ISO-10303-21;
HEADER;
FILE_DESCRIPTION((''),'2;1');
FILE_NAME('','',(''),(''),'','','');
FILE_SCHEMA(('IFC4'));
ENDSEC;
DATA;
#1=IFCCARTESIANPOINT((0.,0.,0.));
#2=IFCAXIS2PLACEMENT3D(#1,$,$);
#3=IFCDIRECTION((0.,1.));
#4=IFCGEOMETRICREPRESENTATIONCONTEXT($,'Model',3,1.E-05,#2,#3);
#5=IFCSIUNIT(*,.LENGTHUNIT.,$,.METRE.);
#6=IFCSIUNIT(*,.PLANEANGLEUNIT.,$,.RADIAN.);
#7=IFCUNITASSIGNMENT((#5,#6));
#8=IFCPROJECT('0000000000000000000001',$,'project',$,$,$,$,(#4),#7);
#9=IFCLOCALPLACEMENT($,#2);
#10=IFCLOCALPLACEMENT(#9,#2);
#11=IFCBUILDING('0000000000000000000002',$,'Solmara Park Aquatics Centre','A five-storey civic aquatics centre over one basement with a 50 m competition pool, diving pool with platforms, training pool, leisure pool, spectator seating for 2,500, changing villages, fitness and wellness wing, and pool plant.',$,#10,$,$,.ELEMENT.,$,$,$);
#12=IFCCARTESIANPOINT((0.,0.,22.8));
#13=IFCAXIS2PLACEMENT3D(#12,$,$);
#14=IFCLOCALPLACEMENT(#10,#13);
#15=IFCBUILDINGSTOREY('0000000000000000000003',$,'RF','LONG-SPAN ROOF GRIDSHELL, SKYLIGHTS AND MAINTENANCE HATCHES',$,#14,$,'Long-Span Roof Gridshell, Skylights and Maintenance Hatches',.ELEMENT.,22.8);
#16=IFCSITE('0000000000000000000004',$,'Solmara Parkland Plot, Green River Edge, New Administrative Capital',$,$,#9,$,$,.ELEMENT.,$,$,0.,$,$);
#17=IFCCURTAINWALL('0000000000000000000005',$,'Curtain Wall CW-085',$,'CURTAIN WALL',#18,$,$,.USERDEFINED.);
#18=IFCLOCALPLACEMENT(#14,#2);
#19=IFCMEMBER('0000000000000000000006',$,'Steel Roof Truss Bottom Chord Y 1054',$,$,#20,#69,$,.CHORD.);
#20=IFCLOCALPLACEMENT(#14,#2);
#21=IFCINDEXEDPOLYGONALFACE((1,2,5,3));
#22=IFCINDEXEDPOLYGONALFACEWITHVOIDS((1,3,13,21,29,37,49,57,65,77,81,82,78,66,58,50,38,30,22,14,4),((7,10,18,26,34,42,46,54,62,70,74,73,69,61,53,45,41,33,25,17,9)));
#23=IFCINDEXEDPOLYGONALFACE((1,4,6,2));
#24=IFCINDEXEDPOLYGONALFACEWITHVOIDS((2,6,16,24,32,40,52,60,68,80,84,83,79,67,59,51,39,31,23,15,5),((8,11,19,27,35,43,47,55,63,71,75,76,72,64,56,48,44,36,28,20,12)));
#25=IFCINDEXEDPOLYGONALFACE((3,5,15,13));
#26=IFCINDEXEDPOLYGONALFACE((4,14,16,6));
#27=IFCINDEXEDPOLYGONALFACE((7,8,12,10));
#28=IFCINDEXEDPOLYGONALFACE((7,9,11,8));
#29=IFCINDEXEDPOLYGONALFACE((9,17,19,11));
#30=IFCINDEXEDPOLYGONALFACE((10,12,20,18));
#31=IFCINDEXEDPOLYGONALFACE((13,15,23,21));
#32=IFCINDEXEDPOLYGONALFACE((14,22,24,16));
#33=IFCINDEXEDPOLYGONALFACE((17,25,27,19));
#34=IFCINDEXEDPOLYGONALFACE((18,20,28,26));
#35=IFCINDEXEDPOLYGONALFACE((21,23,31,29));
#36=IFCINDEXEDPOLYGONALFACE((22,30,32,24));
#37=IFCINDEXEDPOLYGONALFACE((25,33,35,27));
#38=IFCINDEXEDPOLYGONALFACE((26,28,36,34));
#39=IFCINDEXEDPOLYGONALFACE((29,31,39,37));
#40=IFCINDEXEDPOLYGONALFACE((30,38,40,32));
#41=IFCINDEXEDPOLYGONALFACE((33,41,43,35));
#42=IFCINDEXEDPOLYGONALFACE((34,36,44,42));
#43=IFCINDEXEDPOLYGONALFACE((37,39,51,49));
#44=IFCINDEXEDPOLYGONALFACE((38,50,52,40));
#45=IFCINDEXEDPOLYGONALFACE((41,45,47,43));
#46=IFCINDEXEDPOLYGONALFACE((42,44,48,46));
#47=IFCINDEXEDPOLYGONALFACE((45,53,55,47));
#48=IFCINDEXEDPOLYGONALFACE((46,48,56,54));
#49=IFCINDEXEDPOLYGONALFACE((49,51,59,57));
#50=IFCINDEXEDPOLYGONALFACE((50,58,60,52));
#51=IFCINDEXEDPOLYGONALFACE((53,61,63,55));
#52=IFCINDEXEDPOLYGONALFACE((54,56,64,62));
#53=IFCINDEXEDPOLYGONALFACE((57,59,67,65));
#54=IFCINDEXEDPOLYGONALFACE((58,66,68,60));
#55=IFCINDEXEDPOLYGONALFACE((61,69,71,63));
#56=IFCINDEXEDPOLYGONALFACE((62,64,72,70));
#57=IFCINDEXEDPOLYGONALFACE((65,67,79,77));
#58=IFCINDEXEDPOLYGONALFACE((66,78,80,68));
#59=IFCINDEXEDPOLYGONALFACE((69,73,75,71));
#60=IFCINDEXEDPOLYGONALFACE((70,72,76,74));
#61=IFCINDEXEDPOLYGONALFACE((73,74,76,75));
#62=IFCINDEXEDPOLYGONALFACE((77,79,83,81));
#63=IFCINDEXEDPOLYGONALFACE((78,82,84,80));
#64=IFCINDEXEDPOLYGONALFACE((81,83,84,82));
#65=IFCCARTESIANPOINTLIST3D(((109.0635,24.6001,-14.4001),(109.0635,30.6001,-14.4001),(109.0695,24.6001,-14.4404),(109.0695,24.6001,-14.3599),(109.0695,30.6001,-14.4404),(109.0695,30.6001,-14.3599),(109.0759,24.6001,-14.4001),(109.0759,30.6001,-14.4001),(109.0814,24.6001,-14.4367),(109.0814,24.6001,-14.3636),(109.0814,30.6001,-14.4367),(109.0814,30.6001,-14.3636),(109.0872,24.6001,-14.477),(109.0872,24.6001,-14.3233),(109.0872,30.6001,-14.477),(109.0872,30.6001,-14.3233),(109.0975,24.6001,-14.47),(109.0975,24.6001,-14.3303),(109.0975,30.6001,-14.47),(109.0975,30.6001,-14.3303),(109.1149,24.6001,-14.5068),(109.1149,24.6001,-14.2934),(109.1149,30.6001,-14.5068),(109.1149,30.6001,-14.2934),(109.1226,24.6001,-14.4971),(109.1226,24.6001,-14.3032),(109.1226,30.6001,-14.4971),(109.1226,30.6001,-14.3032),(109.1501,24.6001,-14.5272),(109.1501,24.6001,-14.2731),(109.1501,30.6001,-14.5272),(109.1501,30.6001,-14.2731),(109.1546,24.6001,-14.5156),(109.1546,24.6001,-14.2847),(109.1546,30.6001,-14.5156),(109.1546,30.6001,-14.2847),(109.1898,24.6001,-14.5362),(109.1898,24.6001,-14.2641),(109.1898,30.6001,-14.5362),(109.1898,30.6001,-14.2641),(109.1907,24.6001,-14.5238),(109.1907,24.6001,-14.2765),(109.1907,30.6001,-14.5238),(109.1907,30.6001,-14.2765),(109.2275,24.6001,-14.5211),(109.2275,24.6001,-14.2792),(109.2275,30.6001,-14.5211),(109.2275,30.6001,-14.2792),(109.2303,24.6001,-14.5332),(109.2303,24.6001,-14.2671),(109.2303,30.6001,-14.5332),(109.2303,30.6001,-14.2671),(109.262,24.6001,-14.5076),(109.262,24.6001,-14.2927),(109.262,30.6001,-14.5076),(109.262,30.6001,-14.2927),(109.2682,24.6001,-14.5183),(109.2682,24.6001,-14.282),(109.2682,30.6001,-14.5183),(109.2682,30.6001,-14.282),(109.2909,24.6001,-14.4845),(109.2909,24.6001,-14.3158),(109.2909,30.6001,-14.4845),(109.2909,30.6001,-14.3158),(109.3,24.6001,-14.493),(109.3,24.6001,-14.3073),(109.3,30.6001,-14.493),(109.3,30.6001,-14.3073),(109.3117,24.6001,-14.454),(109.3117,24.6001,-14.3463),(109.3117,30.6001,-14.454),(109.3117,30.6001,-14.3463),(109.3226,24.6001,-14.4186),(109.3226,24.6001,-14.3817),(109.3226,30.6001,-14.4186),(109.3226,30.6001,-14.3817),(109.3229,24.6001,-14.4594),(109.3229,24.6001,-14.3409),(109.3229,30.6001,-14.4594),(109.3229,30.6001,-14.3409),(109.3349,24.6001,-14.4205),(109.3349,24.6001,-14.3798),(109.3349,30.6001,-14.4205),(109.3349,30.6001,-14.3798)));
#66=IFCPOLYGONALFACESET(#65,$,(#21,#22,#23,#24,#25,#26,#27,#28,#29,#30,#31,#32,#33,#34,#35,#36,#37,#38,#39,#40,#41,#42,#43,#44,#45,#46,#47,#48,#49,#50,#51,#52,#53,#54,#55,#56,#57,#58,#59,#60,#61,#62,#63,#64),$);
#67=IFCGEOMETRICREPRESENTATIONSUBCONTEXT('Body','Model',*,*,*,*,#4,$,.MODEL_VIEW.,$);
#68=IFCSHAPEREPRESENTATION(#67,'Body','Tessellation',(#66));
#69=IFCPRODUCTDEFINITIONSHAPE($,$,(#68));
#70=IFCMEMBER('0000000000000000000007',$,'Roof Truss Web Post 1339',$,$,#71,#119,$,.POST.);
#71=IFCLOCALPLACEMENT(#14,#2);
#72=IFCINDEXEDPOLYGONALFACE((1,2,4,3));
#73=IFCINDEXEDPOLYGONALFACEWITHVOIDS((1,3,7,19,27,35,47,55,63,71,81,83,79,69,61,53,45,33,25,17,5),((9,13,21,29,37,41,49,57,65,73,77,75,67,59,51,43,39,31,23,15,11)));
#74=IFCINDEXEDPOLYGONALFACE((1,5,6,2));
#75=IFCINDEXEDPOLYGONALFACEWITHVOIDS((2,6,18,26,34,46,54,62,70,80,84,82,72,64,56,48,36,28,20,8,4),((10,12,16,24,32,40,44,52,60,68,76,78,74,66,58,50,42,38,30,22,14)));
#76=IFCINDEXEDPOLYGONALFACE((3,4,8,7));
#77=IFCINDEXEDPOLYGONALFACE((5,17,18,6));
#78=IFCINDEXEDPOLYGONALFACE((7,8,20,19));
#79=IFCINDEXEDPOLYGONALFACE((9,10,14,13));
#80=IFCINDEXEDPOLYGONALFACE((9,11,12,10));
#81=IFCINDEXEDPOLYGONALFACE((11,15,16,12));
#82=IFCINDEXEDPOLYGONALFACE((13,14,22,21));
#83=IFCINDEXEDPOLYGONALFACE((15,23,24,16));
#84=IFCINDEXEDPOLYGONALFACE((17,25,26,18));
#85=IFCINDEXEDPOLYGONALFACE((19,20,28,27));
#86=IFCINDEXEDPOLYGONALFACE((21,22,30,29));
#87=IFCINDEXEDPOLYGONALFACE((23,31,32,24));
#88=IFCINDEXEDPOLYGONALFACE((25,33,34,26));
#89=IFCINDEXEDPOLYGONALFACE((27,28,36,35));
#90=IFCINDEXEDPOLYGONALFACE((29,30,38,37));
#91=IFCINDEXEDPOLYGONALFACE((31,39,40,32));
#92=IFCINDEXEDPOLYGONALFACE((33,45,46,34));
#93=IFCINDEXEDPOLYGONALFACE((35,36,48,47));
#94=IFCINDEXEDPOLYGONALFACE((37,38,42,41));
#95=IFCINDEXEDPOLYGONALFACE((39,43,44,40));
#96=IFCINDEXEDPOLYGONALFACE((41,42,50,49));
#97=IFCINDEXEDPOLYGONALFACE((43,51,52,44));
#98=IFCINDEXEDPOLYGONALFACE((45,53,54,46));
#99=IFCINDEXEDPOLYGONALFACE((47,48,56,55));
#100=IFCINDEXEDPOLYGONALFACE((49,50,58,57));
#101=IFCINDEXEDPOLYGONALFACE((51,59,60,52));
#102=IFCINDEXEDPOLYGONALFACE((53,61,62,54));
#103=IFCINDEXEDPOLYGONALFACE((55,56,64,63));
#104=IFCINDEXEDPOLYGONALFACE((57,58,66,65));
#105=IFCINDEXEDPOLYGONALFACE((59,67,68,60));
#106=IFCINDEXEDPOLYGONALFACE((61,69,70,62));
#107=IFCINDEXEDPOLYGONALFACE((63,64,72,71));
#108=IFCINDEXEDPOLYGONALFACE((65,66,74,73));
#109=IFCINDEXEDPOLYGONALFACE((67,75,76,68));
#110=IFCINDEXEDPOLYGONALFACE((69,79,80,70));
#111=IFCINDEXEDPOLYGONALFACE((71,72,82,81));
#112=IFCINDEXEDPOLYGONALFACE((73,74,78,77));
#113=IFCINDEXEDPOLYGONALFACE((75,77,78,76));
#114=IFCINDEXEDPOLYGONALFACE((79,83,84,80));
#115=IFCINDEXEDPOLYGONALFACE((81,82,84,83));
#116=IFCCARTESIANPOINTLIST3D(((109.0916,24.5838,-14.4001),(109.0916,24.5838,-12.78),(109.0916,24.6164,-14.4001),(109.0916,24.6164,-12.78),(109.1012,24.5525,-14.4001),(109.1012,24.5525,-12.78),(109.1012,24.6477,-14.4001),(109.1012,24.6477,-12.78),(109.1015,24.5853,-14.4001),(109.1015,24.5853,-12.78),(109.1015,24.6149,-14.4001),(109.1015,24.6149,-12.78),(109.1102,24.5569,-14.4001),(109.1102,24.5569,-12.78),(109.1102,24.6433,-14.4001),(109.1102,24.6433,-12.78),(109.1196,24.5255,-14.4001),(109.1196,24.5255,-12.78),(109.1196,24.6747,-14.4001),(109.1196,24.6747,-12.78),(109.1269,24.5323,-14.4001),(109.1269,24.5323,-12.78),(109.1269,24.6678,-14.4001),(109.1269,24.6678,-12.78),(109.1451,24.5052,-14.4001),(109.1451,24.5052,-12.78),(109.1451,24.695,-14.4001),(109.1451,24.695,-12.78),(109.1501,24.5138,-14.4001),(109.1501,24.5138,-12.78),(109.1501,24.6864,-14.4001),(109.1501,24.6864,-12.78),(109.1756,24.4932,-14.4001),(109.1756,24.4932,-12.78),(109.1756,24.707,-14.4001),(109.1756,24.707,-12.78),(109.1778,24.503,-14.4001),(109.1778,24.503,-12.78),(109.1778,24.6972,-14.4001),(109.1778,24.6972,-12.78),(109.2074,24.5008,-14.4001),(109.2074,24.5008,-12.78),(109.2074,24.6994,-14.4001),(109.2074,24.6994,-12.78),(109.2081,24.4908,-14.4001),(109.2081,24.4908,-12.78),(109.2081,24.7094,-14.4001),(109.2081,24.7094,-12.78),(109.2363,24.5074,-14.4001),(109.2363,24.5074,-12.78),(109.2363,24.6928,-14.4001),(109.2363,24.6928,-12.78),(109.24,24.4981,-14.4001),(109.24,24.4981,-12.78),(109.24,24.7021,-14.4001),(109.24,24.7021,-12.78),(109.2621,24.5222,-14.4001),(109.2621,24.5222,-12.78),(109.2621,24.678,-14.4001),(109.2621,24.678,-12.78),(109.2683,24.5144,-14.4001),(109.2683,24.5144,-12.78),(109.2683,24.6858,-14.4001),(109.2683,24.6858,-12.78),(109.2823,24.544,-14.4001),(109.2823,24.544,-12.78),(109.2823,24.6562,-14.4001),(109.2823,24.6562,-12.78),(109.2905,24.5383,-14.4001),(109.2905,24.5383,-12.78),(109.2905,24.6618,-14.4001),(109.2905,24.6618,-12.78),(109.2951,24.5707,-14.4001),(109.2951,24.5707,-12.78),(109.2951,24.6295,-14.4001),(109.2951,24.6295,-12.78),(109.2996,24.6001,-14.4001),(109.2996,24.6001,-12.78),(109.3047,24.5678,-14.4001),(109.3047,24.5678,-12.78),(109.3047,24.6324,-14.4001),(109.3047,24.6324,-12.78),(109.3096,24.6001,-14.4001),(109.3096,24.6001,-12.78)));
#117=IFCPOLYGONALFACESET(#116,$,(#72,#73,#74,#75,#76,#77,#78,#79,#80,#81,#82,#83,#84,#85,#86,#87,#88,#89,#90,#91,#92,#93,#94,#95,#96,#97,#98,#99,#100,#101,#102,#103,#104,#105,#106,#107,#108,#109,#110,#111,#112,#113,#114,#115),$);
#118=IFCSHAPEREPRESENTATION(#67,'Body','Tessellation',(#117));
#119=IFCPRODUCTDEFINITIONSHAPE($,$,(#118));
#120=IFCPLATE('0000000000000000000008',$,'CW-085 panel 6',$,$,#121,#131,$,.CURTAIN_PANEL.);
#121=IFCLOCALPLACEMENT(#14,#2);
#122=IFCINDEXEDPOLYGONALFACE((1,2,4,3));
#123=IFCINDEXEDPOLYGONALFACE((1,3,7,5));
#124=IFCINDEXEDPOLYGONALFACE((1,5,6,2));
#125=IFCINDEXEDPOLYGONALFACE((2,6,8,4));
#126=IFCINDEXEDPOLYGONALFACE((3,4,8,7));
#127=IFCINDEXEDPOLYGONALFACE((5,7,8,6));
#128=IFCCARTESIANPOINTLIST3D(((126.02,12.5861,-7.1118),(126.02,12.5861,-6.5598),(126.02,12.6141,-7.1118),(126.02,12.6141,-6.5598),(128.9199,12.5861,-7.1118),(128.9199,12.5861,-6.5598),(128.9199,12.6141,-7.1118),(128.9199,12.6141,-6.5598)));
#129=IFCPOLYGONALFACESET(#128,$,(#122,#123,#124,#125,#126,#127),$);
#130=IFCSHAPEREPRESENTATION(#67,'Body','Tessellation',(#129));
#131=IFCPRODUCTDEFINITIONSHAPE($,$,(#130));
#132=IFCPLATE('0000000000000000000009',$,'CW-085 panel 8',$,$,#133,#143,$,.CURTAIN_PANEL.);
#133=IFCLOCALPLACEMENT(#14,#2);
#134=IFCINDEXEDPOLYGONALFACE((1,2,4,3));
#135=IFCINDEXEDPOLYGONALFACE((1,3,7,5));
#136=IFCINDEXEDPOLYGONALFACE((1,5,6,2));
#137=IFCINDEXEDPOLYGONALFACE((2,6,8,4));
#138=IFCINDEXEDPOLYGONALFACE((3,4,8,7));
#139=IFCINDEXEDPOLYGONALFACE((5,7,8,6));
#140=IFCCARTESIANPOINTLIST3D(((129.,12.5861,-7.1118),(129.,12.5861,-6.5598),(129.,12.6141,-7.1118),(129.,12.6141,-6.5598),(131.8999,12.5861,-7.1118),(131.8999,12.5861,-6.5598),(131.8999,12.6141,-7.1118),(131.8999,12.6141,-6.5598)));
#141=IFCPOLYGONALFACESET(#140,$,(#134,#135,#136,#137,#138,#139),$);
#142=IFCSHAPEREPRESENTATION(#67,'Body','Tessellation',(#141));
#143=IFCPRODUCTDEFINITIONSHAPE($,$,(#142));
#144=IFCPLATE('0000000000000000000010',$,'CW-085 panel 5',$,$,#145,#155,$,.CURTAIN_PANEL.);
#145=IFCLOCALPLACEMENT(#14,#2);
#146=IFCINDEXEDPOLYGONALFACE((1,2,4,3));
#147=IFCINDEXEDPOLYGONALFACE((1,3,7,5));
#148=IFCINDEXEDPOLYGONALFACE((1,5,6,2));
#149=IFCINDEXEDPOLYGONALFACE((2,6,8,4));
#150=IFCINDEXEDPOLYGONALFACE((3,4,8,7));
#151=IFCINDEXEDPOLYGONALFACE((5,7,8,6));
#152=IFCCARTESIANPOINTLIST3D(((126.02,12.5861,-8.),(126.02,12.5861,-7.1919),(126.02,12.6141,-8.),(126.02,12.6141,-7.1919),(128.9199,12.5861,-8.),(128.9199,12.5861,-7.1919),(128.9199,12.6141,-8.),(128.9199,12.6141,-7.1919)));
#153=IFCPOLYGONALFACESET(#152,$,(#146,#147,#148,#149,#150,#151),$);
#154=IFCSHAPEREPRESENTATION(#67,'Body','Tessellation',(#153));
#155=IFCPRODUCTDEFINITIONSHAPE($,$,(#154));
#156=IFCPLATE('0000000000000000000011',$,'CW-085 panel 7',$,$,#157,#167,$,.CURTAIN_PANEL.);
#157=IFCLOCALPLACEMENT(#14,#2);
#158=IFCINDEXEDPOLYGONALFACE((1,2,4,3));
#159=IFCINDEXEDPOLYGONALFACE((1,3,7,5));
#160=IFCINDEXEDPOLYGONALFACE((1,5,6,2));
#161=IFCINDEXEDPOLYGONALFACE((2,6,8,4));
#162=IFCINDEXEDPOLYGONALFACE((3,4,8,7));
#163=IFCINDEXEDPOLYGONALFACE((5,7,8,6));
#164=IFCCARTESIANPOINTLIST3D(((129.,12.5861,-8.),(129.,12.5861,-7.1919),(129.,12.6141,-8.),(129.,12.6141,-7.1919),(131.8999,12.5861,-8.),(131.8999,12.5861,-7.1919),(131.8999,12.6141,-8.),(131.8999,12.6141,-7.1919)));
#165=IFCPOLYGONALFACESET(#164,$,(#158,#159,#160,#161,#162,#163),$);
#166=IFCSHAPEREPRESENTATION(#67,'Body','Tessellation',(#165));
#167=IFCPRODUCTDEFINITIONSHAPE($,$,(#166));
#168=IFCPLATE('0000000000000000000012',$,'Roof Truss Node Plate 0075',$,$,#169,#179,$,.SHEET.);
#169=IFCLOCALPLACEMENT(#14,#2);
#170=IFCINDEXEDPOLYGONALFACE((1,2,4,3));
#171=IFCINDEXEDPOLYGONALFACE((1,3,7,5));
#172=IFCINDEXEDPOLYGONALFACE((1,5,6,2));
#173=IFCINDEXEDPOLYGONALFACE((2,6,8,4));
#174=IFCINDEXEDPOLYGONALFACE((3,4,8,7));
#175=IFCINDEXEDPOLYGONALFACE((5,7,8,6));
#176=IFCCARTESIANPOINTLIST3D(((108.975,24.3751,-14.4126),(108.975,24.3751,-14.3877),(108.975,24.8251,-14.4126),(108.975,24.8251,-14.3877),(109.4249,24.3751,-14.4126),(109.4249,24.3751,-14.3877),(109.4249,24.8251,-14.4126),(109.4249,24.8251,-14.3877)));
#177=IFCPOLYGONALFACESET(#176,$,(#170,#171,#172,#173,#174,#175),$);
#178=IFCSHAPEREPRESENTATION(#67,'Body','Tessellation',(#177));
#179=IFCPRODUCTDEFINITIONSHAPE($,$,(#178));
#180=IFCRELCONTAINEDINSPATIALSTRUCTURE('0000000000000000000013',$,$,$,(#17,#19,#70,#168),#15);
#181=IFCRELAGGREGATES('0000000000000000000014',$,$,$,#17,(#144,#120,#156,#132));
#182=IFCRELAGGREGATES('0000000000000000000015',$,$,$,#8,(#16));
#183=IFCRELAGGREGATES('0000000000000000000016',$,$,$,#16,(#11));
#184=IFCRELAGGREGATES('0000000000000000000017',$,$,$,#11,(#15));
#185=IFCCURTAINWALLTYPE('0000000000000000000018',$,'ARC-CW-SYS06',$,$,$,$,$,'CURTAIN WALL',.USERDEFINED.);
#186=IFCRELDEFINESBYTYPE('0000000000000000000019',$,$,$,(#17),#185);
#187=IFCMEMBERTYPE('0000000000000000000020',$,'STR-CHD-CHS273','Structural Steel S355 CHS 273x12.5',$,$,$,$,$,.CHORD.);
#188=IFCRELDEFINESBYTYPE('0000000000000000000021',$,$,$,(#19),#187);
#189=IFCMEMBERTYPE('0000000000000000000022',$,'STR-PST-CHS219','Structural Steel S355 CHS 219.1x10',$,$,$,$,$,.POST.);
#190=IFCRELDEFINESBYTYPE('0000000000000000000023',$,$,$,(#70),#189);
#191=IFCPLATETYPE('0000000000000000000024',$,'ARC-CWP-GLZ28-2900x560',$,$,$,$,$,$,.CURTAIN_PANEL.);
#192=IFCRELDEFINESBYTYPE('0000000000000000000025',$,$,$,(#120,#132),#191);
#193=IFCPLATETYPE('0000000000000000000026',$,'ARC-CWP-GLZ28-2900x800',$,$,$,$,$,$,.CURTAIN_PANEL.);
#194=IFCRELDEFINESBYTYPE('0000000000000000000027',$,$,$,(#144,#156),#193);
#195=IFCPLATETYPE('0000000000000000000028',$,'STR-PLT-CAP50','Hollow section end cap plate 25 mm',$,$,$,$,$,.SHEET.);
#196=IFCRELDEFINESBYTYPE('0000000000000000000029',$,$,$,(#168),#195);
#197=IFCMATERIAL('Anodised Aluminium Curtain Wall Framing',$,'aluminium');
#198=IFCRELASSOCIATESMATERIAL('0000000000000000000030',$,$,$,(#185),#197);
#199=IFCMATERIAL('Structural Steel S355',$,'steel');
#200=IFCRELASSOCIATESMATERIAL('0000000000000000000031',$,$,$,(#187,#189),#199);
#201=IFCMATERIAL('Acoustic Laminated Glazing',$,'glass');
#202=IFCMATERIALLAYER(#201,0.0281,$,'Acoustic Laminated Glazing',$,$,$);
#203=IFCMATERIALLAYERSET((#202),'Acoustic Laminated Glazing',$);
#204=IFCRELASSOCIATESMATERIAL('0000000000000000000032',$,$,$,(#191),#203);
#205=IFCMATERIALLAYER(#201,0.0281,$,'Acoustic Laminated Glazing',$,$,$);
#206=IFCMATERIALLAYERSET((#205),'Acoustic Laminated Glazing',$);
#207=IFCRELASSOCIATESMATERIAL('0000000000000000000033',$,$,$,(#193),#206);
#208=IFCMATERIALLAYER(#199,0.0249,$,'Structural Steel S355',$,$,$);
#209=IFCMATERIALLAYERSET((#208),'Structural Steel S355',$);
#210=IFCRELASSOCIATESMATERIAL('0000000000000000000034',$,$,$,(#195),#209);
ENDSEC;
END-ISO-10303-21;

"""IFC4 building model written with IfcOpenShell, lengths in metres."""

from ifc_helpers import new_model, si_unit, direction, frame, origin, origin_2d, place, context, subcontext, project, spatial, rectangle, hollow_circle, extrude, material, layer, layer_set, material_profile, profile_set, type_object, element, aggregate, save


model = new_model("IFC4")

# Units and contexts
model_context = context("Model", 3, precision=1e-05, world=origin(), true_north=direction((0.0, 1.0)))
body_context = subcontext(model_context, "Body", "Model", "MODEL_VIEW")
ifc_project = project(units=[si_unit("LENGTHUNIT", "METRE"), si_unit("PLANEANGLEUNIT", "RADIAN")], contexts=[model_context])

# Site, building, storey
site_placement = place(None, origin())
site = spatial("IfcSite", under=ifc_project, at=site_placement, Name="Solmara Parkland Plot, Green River Edge, New Administrative Capital", CompositionType="ELEMENT", RefElevation=0.0)
building_placement = place(site_placement, origin())
building = spatial("IfcBuilding", under=site, at=building_placement, Name="Solmara Park Aquatics Centre", Description="A five-storey civic aquatics centre over one basement with a 50 m competition pool, diving pool with platforms, training pool, leisure pool, spectator seating for 2,500, changing villages, fitness and wellness wing, and pool plant.", CompositionType="ELEMENT")
storey_placement = place(building_placement, frame((0.0, 0.0, 22.8)))
storey = spatial("IfcBuildingStorey", under=building, at=storey_placement, Name="RF", Description="LONG-SPAN ROOF GRIDSHELL, SKYLIGHTS AND MAINTENANCE HATCHES", LongName="Long-Span Roof Gridshell, Skylights and Maintenance Hatches", CompositionType="ELEMENT", Elevation=22.8)

# Shared definitions
ifc_material_1 = material(Name="Structural Steel S355", Category="steel")

# Curtain wall
ifc_material_2 = material(Name="Anodised Aluminium Curtain Wall Framing", Category="aluminium")
curtain_wall_type = type_object("IfcCurtainWallType", Name="ARC-CW-SYS06", ElementType="CURTAIN WALL", PredefinedType="USERDEFINED", material=ifc_material_2)
curtain_wall_placement = place(storey_placement, origin())
curtain_wall = element("IfcCurtainWall", 1, at=curtain_wall_placement, inside=storey, type_object=curtain_wall_type, Name="Curtain Wall CW-085", ObjectType="CURTAIN WALL", PredefinedType="USERDEFINED")

# Members
ifc_material_profile_1 = material_profile(ifc_material_1, hollow_circle(Radius=0.1365, WallThickness=0.0125, at=origin_2d()), Name="CHS 273x12.5")
ifc_profile_set_1 = profile_set([ifc_material_profile_1], Name="Structural Steel S355")
member_type_1 = type_object("IfcMemberType", Name="STR-CHD-CHS273", Description="Structural Steel S355 CHS 273x12.5", PredefinedType="CHORD", material=ifc_profile_set_1)
member_1_placement = place(storey_placement, frame((109.2, 24.6001, -14.4001), z_axis=(0.0, 1.0, 0.0), x_axis=(-1.0, 0.0, 0.0)))
element("IfcMember", 2, at=member_1_placement, inside=storey, type_object=member_type_1, Name="Steel Roof Truss Bottom Chord Y 1054", PredefinedType="CHORD", context=body_context, shape_type="SweptSolid", body=[
    extrude(hollow_circle(Radius=0.1365, WallThickness=0.0125, at=origin_2d()), origin(), (0.0, 0.0, 1.0), 6.0),
])
ifc_material_profile_2 = material_profile(ifc_material_1, hollow_circle(Radius=0.1096, WallThickness=0.01, at=origin_2d()), Name="CHS 219.1x10")
ifc_profile_set_2 = profile_set([ifc_material_profile_2], Name="Structural Steel S355")
member_type_2 = type_object("IfcMemberType", Name="STR-PST-CHS219", Description="Structural Steel S355 CHS 219.1x10", PredefinedType="POST", material=ifc_profile_set_2)
member_2_placement = place(storey_placement, frame((109.2, 24.6001, -14.4001), z_axis=(0.0, 0.0, 1.0), x_axis=(1.0, 0.0, 0.0)))
element("IfcMember", 3, at=member_2_placement, inside=storey, type_object=member_type_2, Name="Roof Truss Web Post 1339", PredefinedType="POST", context=body_context, shape_type="SweptSolid", body=[
    extrude(hollow_circle(Radius=0.1096, WallThickness=0.01, at=origin_2d()), origin(), (0.0, 0.0, 1.0), 1.6201),
])

# Plates
ifc_material_3 = material(Name="Acoustic Laminated Glazing", Category="glass")
ifc_layer_1 = layer(ifc_material_3, 0.0281, Name="Acoustic Laminated Glazing")
ifc_layer_set_1 = layer_set([ifc_layer_1], Name="Acoustic Laminated Glazing")
plate_type_1 = type_object("IfcPlateType", Name="ARC-CWP-GLZ28-2900x560", PredefinedType="CURTAIN_PANEL", material=ifc_layer_set_1)
plate_1_placement = place(storey_placement, frame((127.47, 12.6001, -7.1118), z_axis=(0.0, 0.0, 1.0), x_axis=(1.0, 0.0, 0.0)))
plate_1 = element("IfcPlate", 4, at=plate_1_placement, type_object=plate_type_1, Name="CW-085 panel 6", PredefinedType="CURTAIN_PANEL", context=body_context, shape_type="SweptSolid", body=[
    extrude(rectangle(XDim=2.8999, YDim=0.0281, at=origin_2d()), origin(), (0.0, 0.0, 1.0), 0.552),
])
plate_2_placement = place(storey_placement, frame((130.45, 12.6001, -7.1118), z_axis=(0.0, 0.0, 1.0), x_axis=(1.0, 0.0, 0.0)))
plate_2 = element("IfcPlate", 5, at=plate_2_placement, type_object=plate_type_1, Name="CW-085 panel 8", PredefinedType="CURTAIN_PANEL", context=body_context, shape_type="SweptSolid", body=[
    extrude(rectangle(XDim=2.8999, YDim=0.0281, at=origin_2d()), origin(), (0.0, 0.0, 1.0), 0.552),
])
ifc_layer_2 = layer(ifc_material_3, 0.0281, Name="Acoustic Laminated Glazing")
ifc_layer_set_2 = layer_set([ifc_layer_2], Name="Acoustic Laminated Glazing")
plate_type_2 = type_object("IfcPlateType", Name="ARC-CWP-GLZ28-2900x800", PredefinedType="CURTAIN_PANEL", material=ifc_layer_set_2)
plate_3_placement = place(storey_placement, frame((127.47, 12.6001, -8.0), z_axis=(0.0, 0.0, 1.0), x_axis=(1.0, 0.0, 0.0)))
plate_3 = element("IfcPlate", 6, at=plate_3_placement, type_object=plate_type_2, Name="CW-085 panel 5", PredefinedType="CURTAIN_PANEL", context=body_context, shape_type="SweptSolid", body=[
    extrude(rectangle(XDim=2.8999, YDim=0.0281, at=origin_2d()), origin(), (0.0, 0.0, 1.0), 0.8081),
])
plate_4_placement = place(storey_placement, frame((130.45, 12.6001, -8.0), z_axis=(0.0, 0.0, 1.0), x_axis=(1.0, 0.0, 0.0)))
plate_4 = element("IfcPlate", 7, at=plate_4_placement, type_object=plate_type_2, Name="CW-085 panel 7", PredefinedType="CURTAIN_PANEL", context=body_context, shape_type="SweptSolid", body=[
    extrude(rectangle(XDim=2.8999, YDim=0.0281, at=origin_2d()), origin(), (0.0, 0.0, 1.0), 0.8081),
])
aggregate(curtain_wall, [plate_3, plate_1, plate_4, plate_2])
ifc_layer_3 = layer(ifc_material_1, 0.0249, Name="Structural Steel S355")
ifc_layer_set_3 = layer_set([ifc_layer_3], Name="Structural Steel S355")
plate_type_3 = type_object("IfcPlateType", Name="STR-PLT-CAP50", Description="Hollow section end cap plate 25 mm", PredefinedType="SHEET", material=ifc_layer_set_3)
plate_5_placement = place(storey_placement, frame((109.2, 24.6001, -14.4126), z_axis=(0.0, 0.0, 1.0), x_axis=(1.0, 0.0, 0.0)))
element("IfcPlate", 8, at=plate_5_placement, inside=storey, type_object=plate_type_3, Name="Roof Truss Node Plate 0075", PredefinedType="SHEET", context=body_context, shape_type="SweptSolid", body=[
    extrude(rectangle(XDim=0.45, YDim=0.45, at=origin_2d()), origin(), (0.0, 0.0, 1.0), 0.0249),
])

save(model, "model.ifc")
